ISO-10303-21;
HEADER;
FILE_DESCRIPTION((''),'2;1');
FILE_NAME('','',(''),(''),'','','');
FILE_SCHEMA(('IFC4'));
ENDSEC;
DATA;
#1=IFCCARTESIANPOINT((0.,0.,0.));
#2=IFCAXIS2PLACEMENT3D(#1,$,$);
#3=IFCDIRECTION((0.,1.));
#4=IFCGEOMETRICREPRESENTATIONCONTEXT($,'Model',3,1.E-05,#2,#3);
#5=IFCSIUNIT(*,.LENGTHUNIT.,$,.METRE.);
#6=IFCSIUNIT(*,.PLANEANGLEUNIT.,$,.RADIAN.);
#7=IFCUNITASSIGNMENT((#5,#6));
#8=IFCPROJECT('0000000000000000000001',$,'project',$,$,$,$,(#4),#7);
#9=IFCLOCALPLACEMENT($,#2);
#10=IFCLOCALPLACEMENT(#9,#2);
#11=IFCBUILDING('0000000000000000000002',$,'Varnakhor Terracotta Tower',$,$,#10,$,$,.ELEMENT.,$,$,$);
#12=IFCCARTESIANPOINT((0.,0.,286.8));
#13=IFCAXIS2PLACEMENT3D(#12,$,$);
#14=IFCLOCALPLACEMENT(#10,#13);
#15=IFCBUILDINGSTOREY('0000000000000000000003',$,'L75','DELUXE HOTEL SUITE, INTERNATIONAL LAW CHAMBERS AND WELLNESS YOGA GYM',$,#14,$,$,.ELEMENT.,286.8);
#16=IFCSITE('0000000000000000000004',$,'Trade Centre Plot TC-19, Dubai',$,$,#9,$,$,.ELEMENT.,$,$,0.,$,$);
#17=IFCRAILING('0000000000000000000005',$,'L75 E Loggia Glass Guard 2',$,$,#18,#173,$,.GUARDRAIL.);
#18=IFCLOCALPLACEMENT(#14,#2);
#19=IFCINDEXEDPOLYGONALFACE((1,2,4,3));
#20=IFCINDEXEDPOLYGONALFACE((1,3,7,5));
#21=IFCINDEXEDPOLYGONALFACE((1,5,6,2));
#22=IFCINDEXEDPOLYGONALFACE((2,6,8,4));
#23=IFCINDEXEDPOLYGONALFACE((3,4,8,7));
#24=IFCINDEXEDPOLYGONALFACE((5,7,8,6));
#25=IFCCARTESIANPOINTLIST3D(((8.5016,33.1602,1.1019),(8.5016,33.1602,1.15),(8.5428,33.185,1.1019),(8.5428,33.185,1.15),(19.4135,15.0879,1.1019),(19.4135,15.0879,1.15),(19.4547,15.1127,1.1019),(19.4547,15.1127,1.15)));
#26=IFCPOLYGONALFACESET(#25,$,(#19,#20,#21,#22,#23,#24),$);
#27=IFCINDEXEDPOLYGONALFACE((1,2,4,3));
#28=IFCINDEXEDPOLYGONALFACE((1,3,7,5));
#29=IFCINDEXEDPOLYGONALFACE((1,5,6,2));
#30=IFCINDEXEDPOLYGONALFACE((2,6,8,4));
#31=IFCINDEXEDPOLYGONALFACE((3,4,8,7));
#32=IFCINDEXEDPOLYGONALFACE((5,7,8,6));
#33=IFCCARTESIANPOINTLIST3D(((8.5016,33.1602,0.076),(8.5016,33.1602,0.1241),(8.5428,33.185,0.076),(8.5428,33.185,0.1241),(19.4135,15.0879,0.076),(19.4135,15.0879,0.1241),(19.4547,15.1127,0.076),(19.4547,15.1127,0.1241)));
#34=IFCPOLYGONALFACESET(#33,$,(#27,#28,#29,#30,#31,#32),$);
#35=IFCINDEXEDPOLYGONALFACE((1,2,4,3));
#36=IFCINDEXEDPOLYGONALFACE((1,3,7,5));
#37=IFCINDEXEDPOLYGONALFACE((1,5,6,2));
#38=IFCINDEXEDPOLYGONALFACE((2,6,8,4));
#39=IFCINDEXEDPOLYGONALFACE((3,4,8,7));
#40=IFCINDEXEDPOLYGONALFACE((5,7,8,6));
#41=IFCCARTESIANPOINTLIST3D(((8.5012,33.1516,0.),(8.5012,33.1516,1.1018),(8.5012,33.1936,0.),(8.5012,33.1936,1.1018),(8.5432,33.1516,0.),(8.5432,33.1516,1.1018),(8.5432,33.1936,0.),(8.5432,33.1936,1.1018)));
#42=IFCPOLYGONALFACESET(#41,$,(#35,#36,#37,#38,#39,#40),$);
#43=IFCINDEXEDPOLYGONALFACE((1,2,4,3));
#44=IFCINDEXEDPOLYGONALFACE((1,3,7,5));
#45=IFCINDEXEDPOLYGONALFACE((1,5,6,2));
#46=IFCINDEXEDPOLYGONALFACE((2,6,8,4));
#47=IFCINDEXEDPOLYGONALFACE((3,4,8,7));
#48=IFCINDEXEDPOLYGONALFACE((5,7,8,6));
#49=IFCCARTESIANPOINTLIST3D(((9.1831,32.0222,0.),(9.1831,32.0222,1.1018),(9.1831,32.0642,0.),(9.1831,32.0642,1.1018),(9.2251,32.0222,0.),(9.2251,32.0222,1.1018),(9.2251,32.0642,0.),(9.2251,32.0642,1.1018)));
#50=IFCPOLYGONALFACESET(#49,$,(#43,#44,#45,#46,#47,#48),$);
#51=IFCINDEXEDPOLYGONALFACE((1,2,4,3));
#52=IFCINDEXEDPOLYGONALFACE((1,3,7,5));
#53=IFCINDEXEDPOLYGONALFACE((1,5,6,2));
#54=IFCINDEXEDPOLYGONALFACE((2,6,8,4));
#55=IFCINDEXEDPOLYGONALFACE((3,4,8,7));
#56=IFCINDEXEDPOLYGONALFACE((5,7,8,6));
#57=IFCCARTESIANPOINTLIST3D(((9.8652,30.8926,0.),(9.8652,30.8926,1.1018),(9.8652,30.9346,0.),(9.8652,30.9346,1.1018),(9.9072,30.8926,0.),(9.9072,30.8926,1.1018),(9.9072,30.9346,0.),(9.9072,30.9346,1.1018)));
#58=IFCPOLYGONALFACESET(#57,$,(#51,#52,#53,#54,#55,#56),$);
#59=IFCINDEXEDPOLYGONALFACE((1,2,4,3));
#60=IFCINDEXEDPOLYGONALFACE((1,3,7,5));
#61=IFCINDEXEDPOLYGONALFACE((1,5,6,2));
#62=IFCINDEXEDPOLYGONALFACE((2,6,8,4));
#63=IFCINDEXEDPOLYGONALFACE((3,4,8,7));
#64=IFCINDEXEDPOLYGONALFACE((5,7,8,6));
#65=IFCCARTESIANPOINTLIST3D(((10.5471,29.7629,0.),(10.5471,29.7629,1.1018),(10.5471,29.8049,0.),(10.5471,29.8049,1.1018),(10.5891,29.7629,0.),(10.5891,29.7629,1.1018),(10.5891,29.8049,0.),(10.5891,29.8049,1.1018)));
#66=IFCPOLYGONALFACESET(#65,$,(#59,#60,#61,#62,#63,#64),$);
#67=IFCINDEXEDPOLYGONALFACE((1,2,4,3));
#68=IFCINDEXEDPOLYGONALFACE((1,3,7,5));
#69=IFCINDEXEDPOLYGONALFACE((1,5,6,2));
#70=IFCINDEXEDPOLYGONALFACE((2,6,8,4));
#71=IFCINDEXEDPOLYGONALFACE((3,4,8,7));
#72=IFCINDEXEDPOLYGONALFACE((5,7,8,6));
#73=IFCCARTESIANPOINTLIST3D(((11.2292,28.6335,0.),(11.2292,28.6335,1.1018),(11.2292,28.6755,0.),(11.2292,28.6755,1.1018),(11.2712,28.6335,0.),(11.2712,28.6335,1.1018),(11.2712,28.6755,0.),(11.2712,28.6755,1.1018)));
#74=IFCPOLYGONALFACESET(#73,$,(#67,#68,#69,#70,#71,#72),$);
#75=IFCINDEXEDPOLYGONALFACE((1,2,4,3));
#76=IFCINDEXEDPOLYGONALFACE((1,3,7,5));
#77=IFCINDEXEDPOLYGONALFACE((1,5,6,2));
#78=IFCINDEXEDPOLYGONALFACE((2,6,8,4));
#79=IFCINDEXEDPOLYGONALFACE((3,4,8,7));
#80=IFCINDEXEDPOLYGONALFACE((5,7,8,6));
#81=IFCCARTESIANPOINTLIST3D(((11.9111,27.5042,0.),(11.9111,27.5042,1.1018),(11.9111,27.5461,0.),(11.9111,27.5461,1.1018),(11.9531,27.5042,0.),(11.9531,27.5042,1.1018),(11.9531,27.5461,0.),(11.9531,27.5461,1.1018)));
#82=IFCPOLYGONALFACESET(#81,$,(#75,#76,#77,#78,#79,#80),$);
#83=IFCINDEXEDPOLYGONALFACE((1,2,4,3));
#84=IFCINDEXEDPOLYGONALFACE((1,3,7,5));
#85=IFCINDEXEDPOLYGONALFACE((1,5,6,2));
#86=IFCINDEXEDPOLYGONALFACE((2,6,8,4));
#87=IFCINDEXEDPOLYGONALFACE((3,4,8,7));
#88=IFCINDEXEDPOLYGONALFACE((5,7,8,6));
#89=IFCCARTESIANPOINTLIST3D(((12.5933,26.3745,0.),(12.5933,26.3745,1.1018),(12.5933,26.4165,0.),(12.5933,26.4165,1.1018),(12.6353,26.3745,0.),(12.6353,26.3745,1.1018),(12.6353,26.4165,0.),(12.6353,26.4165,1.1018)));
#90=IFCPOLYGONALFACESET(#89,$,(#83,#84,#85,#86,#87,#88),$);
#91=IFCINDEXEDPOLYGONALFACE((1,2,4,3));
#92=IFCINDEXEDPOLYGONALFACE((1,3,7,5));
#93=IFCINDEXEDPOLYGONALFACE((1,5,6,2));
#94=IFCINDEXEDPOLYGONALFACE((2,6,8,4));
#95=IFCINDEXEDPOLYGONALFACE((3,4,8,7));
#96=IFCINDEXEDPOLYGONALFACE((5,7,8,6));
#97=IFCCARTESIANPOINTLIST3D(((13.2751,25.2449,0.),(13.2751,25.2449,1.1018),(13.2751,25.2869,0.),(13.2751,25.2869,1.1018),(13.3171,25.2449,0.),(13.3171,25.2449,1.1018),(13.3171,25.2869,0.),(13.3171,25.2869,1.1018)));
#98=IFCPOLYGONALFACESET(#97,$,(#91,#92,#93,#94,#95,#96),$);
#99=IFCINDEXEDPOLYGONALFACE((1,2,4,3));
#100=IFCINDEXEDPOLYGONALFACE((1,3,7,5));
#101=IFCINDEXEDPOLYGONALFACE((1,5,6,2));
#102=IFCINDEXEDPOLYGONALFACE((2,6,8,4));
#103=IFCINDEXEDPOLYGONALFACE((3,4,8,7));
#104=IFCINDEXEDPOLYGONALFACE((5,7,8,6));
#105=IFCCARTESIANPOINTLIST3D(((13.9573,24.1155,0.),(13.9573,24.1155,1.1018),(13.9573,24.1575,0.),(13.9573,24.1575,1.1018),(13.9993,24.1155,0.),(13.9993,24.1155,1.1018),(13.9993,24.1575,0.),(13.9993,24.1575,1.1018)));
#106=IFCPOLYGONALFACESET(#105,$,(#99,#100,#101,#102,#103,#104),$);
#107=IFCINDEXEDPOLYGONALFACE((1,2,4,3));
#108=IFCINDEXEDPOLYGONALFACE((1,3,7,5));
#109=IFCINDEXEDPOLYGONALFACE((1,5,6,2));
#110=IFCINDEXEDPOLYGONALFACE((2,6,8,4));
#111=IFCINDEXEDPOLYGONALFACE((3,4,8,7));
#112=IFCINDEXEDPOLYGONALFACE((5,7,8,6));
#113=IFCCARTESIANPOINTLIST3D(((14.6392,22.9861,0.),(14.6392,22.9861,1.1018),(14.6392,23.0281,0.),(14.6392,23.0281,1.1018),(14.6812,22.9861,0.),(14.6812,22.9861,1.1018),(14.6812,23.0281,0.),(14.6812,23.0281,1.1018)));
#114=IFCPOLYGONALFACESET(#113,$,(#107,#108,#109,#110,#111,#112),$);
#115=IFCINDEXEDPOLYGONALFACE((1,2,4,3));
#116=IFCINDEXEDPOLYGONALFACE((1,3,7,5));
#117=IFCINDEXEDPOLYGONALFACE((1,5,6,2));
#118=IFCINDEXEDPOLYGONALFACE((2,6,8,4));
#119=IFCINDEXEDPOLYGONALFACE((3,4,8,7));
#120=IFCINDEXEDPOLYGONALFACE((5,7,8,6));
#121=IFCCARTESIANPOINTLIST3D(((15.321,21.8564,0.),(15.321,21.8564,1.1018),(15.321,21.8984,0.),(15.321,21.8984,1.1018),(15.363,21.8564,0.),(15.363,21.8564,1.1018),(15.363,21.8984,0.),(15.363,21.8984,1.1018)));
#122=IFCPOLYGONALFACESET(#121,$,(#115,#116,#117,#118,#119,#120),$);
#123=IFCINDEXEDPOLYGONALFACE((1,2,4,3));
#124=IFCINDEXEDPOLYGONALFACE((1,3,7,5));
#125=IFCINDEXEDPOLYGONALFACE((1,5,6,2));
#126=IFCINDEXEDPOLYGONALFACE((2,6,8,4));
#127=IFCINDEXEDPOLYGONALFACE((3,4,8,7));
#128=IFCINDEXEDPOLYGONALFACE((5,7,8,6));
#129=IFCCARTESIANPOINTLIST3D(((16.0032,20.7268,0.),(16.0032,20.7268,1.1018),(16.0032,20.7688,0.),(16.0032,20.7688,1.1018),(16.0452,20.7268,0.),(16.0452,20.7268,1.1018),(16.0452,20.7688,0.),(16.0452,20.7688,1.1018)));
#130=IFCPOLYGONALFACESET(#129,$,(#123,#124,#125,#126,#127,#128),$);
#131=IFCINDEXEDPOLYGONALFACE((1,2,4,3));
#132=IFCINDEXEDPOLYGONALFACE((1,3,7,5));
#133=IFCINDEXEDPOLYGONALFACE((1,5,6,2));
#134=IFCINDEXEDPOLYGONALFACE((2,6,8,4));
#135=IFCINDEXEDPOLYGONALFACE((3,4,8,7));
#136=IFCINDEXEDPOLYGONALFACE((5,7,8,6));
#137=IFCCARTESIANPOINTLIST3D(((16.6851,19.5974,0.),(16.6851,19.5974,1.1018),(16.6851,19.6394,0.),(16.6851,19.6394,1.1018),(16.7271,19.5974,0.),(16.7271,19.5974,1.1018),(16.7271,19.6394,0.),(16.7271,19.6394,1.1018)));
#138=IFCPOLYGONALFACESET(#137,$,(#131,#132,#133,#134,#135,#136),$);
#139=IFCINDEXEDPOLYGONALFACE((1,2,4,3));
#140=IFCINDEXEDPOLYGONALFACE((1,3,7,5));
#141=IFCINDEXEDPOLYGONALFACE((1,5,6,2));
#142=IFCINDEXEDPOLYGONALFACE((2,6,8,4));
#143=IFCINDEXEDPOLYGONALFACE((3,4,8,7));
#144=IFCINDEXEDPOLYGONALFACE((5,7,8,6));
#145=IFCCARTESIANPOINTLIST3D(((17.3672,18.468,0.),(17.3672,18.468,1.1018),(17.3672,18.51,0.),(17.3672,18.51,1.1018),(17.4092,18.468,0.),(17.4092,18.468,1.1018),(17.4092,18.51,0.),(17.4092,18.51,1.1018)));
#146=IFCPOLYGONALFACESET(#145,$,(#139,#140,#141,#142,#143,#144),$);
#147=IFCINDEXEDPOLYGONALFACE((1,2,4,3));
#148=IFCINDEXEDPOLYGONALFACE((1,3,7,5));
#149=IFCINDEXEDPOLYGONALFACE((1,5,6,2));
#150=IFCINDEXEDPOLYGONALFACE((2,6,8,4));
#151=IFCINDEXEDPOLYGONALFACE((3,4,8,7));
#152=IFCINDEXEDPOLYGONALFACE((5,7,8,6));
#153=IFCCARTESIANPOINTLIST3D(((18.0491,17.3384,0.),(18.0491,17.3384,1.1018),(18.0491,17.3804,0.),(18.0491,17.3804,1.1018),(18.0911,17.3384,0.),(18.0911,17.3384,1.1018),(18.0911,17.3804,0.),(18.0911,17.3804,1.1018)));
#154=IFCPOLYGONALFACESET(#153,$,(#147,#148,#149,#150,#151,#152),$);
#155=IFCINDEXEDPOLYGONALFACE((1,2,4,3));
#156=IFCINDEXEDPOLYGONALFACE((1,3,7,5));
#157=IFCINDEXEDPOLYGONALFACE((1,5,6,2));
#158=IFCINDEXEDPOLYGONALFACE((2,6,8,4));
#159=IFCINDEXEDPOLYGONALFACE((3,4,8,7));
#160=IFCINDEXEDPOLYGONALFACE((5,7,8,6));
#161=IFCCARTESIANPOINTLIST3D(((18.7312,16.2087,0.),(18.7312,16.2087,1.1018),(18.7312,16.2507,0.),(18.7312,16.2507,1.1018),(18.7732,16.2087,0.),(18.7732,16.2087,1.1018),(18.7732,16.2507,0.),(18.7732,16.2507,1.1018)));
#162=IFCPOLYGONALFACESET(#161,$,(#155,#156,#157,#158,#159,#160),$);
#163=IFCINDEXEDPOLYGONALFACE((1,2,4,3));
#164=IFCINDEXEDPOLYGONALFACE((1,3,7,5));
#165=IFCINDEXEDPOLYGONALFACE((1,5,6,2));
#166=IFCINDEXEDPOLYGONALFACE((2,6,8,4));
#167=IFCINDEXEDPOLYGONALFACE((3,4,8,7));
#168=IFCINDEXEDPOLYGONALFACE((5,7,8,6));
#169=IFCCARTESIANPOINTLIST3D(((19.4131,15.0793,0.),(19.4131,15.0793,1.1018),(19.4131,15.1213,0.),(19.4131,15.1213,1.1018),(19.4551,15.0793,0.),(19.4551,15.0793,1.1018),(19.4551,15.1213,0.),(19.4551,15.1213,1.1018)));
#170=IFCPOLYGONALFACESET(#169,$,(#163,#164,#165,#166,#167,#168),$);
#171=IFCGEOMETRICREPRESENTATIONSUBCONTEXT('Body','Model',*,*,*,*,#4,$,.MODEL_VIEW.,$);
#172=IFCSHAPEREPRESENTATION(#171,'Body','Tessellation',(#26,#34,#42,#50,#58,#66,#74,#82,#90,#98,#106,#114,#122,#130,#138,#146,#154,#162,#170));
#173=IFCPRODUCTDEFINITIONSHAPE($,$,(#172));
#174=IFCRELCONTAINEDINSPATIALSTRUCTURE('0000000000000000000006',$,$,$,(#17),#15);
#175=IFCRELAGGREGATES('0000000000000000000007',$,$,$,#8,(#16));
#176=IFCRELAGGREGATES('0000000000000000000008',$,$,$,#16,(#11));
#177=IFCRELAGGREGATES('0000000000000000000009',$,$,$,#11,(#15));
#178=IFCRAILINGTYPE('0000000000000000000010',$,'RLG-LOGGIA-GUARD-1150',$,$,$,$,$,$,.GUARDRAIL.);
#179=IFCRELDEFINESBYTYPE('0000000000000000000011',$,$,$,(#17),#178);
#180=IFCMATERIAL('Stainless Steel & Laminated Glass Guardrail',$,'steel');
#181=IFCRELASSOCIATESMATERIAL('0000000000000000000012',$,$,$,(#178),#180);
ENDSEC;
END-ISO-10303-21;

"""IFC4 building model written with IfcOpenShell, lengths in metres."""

from ifc_helpers import new_model, si_unit, direction, frame, origin, origin_2d, place, context, subcontext, project, spatial, rectangle, extrude, material, type_object, element, save


model = new_model("IFC4")

# Units and contexts
model_context = context("Model", 3, precision=1e-05, world=origin(), true_north=direction((0.0, 1.0)))
body_context = subcontext(model_context, "Body", "Model", "MODEL_VIEW")
ifc_project = project(units=[si_unit("LENGTHUNIT", "METRE"), si_unit("PLANEANGLEUNIT", "RADIAN")], contexts=[model_context])

# Site, building, storey
site_placement = place(None, origin())
site = spatial("IfcSite", under=ifc_project, at=site_placement, Name="Trade Centre Plot TC-19, Dubai", CompositionType="ELEMENT", RefElevation=0.0)
building_placement = place(site_placement, origin())
building = spatial("IfcBuilding", under=site, at=building_placement, Name="Varnakhor Terracotta Tower", CompositionType="ELEMENT")
storey_placement = place(building_placement, frame((0.0, 0.0, 286.8)))
storey = spatial("IfcBuildingStorey", under=building, at=storey_placement, Name="L75", Description="DELUXE HOTEL SUITE, INTERNATIONAL LAW CHAMBERS AND WELLNESS YOGA GYM", CompositionType="ELEMENT", Elevation=286.8)

# Railing
ifc_material_1 = material(Name="Stainless Steel & Laminated Glass Guardrail", Category="steel")
railing_type = type_object("IfcRailingType", Name="RLG-LOGGIA-GUARD-1150", PredefinedType="GUARDRAIL", material=ifc_material_1)
railing_1_placement = place(storey_placement, frame((8.5222, 33.1726, 0.0)))
element("IfcRailing", 1, at=railing_1_placement, inside=storey, type_object=railing_type, Name="L75 E Loggia Glass Guard 2", PredefinedType="GUARDRAIL", context=body_context, shape_type="SweptSolid", body=[
    extrude(rectangle(XDim=0.0481, YDim=0.0481, at=origin_2d()), frame((0.0, 0.0, 1.126), z_axis=(0.51688, -0.856058, 0.0), x_axis=(0.856058, 0.51688, 0.0)), (0.0, 0.0, 1.0), 21.1111),
    extrude(rectangle(XDim=0.0481, YDim=0.0481, at=origin_2d()), frame((0.0, 0.0, 0.1001), z_axis=(0.51688, -0.856058, 0.0), x_axis=(0.856058, 0.51688, 0.0)), (0.0, 0.0, 1.0), 21.1111),
    extrude(rectangle(XDim=0.042, YDim=0.042, at=origin_2d()), origin(), (0.0, 0.0, 1.0), 1.1018),
    extrude(rectangle(XDim=0.042, YDim=0.042, at=origin_2d()), frame((0.6819, -1.1294, 0.0)), (0.0, 0.0, 1.0), 1.1018),
    extrude(rectangle(XDim=0.042, YDim=0.042, at=origin_2d()), frame((1.364, -2.259, 0.0)), (0.0, 0.0, 1.0), 1.1018),
    extrude(rectangle(XDim=0.042, YDim=0.042, at=origin_2d()), frame((2.0459, -3.3887, 0.0)), (0.0, 0.0, 1.0), 1.1018),
    extrude(rectangle(XDim=0.042, YDim=0.042, at=origin_2d()), frame((2.728, -4.5181, 0.0)), (0.0, 0.0, 1.0), 1.1018),
    extrude(rectangle(XDim=0.042, YDim=0.042, at=origin_2d()), frame((3.4099, -5.6475, 0.0)), (0.0, 0.0, 1.0), 1.1018),
    extrude(rectangle(XDim=0.042, YDim=0.042, at=origin_2d()), frame((4.092, -6.7771, 0.0)), (0.0, 0.0, 1.0), 1.1018),
    extrude(rectangle(XDim=0.042, YDim=0.042, at=origin_2d()), frame((4.7739, -7.9067, 0.0)), (0.0, 0.0, 1.0), 1.1018),
    extrude(rectangle(XDim=0.042, YDim=0.042, at=origin_2d()), frame((5.4561, -9.0361, 0.0)), (0.0, 0.0, 1.0), 1.1018),
    extrude(rectangle(XDim=0.042, YDim=0.042, at=origin_2d()), frame((6.1379, -10.1655, 0.0)), (0.0, 0.0, 1.0), 1.1018),
    extrude(rectangle(XDim=0.042, YDim=0.042, at=origin_2d()), frame((6.8198, -11.2952, 0.0)), (0.0, 0.0, 1.0), 1.1018),
    extrude(rectangle(XDim=0.042, YDim=0.042, at=origin_2d()), frame((7.502, -12.4248, 0.0)), (0.0, 0.0, 1.0), 1.1018),
    extrude(rectangle(XDim=0.042, YDim=0.042, at=origin_2d()), frame((8.1838, -13.5542, 0.0)), (0.0, 0.0, 1.0), 1.1018),
    extrude(rectangle(XDim=0.042, YDim=0.042, at=origin_2d()), frame((8.866, -14.6836, 0.0)), (0.0, 0.0, 1.0), 1.1018),
    extrude(rectangle(XDim=0.042, YDim=0.042, at=origin_2d()), frame((9.5479, -15.8132, 0.0)), (0.0, 0.0, 1.0), 1.1018),
    extrude(rectangle(XDim=0.042, YDim=0.042, at=origin_2d()), frame((10.23, -16.9429, 0.0)), (0.0, 0.0, 1.0), 1.1018),
    extrude(rectangle(XDim=0.042, YDim=0.042, at=origin_2d()), frame((10.9119, -18.0723, 0.0)), (0.0, 0.0, 1.0), 1.1018),
])

save(model, "model.ifc")
